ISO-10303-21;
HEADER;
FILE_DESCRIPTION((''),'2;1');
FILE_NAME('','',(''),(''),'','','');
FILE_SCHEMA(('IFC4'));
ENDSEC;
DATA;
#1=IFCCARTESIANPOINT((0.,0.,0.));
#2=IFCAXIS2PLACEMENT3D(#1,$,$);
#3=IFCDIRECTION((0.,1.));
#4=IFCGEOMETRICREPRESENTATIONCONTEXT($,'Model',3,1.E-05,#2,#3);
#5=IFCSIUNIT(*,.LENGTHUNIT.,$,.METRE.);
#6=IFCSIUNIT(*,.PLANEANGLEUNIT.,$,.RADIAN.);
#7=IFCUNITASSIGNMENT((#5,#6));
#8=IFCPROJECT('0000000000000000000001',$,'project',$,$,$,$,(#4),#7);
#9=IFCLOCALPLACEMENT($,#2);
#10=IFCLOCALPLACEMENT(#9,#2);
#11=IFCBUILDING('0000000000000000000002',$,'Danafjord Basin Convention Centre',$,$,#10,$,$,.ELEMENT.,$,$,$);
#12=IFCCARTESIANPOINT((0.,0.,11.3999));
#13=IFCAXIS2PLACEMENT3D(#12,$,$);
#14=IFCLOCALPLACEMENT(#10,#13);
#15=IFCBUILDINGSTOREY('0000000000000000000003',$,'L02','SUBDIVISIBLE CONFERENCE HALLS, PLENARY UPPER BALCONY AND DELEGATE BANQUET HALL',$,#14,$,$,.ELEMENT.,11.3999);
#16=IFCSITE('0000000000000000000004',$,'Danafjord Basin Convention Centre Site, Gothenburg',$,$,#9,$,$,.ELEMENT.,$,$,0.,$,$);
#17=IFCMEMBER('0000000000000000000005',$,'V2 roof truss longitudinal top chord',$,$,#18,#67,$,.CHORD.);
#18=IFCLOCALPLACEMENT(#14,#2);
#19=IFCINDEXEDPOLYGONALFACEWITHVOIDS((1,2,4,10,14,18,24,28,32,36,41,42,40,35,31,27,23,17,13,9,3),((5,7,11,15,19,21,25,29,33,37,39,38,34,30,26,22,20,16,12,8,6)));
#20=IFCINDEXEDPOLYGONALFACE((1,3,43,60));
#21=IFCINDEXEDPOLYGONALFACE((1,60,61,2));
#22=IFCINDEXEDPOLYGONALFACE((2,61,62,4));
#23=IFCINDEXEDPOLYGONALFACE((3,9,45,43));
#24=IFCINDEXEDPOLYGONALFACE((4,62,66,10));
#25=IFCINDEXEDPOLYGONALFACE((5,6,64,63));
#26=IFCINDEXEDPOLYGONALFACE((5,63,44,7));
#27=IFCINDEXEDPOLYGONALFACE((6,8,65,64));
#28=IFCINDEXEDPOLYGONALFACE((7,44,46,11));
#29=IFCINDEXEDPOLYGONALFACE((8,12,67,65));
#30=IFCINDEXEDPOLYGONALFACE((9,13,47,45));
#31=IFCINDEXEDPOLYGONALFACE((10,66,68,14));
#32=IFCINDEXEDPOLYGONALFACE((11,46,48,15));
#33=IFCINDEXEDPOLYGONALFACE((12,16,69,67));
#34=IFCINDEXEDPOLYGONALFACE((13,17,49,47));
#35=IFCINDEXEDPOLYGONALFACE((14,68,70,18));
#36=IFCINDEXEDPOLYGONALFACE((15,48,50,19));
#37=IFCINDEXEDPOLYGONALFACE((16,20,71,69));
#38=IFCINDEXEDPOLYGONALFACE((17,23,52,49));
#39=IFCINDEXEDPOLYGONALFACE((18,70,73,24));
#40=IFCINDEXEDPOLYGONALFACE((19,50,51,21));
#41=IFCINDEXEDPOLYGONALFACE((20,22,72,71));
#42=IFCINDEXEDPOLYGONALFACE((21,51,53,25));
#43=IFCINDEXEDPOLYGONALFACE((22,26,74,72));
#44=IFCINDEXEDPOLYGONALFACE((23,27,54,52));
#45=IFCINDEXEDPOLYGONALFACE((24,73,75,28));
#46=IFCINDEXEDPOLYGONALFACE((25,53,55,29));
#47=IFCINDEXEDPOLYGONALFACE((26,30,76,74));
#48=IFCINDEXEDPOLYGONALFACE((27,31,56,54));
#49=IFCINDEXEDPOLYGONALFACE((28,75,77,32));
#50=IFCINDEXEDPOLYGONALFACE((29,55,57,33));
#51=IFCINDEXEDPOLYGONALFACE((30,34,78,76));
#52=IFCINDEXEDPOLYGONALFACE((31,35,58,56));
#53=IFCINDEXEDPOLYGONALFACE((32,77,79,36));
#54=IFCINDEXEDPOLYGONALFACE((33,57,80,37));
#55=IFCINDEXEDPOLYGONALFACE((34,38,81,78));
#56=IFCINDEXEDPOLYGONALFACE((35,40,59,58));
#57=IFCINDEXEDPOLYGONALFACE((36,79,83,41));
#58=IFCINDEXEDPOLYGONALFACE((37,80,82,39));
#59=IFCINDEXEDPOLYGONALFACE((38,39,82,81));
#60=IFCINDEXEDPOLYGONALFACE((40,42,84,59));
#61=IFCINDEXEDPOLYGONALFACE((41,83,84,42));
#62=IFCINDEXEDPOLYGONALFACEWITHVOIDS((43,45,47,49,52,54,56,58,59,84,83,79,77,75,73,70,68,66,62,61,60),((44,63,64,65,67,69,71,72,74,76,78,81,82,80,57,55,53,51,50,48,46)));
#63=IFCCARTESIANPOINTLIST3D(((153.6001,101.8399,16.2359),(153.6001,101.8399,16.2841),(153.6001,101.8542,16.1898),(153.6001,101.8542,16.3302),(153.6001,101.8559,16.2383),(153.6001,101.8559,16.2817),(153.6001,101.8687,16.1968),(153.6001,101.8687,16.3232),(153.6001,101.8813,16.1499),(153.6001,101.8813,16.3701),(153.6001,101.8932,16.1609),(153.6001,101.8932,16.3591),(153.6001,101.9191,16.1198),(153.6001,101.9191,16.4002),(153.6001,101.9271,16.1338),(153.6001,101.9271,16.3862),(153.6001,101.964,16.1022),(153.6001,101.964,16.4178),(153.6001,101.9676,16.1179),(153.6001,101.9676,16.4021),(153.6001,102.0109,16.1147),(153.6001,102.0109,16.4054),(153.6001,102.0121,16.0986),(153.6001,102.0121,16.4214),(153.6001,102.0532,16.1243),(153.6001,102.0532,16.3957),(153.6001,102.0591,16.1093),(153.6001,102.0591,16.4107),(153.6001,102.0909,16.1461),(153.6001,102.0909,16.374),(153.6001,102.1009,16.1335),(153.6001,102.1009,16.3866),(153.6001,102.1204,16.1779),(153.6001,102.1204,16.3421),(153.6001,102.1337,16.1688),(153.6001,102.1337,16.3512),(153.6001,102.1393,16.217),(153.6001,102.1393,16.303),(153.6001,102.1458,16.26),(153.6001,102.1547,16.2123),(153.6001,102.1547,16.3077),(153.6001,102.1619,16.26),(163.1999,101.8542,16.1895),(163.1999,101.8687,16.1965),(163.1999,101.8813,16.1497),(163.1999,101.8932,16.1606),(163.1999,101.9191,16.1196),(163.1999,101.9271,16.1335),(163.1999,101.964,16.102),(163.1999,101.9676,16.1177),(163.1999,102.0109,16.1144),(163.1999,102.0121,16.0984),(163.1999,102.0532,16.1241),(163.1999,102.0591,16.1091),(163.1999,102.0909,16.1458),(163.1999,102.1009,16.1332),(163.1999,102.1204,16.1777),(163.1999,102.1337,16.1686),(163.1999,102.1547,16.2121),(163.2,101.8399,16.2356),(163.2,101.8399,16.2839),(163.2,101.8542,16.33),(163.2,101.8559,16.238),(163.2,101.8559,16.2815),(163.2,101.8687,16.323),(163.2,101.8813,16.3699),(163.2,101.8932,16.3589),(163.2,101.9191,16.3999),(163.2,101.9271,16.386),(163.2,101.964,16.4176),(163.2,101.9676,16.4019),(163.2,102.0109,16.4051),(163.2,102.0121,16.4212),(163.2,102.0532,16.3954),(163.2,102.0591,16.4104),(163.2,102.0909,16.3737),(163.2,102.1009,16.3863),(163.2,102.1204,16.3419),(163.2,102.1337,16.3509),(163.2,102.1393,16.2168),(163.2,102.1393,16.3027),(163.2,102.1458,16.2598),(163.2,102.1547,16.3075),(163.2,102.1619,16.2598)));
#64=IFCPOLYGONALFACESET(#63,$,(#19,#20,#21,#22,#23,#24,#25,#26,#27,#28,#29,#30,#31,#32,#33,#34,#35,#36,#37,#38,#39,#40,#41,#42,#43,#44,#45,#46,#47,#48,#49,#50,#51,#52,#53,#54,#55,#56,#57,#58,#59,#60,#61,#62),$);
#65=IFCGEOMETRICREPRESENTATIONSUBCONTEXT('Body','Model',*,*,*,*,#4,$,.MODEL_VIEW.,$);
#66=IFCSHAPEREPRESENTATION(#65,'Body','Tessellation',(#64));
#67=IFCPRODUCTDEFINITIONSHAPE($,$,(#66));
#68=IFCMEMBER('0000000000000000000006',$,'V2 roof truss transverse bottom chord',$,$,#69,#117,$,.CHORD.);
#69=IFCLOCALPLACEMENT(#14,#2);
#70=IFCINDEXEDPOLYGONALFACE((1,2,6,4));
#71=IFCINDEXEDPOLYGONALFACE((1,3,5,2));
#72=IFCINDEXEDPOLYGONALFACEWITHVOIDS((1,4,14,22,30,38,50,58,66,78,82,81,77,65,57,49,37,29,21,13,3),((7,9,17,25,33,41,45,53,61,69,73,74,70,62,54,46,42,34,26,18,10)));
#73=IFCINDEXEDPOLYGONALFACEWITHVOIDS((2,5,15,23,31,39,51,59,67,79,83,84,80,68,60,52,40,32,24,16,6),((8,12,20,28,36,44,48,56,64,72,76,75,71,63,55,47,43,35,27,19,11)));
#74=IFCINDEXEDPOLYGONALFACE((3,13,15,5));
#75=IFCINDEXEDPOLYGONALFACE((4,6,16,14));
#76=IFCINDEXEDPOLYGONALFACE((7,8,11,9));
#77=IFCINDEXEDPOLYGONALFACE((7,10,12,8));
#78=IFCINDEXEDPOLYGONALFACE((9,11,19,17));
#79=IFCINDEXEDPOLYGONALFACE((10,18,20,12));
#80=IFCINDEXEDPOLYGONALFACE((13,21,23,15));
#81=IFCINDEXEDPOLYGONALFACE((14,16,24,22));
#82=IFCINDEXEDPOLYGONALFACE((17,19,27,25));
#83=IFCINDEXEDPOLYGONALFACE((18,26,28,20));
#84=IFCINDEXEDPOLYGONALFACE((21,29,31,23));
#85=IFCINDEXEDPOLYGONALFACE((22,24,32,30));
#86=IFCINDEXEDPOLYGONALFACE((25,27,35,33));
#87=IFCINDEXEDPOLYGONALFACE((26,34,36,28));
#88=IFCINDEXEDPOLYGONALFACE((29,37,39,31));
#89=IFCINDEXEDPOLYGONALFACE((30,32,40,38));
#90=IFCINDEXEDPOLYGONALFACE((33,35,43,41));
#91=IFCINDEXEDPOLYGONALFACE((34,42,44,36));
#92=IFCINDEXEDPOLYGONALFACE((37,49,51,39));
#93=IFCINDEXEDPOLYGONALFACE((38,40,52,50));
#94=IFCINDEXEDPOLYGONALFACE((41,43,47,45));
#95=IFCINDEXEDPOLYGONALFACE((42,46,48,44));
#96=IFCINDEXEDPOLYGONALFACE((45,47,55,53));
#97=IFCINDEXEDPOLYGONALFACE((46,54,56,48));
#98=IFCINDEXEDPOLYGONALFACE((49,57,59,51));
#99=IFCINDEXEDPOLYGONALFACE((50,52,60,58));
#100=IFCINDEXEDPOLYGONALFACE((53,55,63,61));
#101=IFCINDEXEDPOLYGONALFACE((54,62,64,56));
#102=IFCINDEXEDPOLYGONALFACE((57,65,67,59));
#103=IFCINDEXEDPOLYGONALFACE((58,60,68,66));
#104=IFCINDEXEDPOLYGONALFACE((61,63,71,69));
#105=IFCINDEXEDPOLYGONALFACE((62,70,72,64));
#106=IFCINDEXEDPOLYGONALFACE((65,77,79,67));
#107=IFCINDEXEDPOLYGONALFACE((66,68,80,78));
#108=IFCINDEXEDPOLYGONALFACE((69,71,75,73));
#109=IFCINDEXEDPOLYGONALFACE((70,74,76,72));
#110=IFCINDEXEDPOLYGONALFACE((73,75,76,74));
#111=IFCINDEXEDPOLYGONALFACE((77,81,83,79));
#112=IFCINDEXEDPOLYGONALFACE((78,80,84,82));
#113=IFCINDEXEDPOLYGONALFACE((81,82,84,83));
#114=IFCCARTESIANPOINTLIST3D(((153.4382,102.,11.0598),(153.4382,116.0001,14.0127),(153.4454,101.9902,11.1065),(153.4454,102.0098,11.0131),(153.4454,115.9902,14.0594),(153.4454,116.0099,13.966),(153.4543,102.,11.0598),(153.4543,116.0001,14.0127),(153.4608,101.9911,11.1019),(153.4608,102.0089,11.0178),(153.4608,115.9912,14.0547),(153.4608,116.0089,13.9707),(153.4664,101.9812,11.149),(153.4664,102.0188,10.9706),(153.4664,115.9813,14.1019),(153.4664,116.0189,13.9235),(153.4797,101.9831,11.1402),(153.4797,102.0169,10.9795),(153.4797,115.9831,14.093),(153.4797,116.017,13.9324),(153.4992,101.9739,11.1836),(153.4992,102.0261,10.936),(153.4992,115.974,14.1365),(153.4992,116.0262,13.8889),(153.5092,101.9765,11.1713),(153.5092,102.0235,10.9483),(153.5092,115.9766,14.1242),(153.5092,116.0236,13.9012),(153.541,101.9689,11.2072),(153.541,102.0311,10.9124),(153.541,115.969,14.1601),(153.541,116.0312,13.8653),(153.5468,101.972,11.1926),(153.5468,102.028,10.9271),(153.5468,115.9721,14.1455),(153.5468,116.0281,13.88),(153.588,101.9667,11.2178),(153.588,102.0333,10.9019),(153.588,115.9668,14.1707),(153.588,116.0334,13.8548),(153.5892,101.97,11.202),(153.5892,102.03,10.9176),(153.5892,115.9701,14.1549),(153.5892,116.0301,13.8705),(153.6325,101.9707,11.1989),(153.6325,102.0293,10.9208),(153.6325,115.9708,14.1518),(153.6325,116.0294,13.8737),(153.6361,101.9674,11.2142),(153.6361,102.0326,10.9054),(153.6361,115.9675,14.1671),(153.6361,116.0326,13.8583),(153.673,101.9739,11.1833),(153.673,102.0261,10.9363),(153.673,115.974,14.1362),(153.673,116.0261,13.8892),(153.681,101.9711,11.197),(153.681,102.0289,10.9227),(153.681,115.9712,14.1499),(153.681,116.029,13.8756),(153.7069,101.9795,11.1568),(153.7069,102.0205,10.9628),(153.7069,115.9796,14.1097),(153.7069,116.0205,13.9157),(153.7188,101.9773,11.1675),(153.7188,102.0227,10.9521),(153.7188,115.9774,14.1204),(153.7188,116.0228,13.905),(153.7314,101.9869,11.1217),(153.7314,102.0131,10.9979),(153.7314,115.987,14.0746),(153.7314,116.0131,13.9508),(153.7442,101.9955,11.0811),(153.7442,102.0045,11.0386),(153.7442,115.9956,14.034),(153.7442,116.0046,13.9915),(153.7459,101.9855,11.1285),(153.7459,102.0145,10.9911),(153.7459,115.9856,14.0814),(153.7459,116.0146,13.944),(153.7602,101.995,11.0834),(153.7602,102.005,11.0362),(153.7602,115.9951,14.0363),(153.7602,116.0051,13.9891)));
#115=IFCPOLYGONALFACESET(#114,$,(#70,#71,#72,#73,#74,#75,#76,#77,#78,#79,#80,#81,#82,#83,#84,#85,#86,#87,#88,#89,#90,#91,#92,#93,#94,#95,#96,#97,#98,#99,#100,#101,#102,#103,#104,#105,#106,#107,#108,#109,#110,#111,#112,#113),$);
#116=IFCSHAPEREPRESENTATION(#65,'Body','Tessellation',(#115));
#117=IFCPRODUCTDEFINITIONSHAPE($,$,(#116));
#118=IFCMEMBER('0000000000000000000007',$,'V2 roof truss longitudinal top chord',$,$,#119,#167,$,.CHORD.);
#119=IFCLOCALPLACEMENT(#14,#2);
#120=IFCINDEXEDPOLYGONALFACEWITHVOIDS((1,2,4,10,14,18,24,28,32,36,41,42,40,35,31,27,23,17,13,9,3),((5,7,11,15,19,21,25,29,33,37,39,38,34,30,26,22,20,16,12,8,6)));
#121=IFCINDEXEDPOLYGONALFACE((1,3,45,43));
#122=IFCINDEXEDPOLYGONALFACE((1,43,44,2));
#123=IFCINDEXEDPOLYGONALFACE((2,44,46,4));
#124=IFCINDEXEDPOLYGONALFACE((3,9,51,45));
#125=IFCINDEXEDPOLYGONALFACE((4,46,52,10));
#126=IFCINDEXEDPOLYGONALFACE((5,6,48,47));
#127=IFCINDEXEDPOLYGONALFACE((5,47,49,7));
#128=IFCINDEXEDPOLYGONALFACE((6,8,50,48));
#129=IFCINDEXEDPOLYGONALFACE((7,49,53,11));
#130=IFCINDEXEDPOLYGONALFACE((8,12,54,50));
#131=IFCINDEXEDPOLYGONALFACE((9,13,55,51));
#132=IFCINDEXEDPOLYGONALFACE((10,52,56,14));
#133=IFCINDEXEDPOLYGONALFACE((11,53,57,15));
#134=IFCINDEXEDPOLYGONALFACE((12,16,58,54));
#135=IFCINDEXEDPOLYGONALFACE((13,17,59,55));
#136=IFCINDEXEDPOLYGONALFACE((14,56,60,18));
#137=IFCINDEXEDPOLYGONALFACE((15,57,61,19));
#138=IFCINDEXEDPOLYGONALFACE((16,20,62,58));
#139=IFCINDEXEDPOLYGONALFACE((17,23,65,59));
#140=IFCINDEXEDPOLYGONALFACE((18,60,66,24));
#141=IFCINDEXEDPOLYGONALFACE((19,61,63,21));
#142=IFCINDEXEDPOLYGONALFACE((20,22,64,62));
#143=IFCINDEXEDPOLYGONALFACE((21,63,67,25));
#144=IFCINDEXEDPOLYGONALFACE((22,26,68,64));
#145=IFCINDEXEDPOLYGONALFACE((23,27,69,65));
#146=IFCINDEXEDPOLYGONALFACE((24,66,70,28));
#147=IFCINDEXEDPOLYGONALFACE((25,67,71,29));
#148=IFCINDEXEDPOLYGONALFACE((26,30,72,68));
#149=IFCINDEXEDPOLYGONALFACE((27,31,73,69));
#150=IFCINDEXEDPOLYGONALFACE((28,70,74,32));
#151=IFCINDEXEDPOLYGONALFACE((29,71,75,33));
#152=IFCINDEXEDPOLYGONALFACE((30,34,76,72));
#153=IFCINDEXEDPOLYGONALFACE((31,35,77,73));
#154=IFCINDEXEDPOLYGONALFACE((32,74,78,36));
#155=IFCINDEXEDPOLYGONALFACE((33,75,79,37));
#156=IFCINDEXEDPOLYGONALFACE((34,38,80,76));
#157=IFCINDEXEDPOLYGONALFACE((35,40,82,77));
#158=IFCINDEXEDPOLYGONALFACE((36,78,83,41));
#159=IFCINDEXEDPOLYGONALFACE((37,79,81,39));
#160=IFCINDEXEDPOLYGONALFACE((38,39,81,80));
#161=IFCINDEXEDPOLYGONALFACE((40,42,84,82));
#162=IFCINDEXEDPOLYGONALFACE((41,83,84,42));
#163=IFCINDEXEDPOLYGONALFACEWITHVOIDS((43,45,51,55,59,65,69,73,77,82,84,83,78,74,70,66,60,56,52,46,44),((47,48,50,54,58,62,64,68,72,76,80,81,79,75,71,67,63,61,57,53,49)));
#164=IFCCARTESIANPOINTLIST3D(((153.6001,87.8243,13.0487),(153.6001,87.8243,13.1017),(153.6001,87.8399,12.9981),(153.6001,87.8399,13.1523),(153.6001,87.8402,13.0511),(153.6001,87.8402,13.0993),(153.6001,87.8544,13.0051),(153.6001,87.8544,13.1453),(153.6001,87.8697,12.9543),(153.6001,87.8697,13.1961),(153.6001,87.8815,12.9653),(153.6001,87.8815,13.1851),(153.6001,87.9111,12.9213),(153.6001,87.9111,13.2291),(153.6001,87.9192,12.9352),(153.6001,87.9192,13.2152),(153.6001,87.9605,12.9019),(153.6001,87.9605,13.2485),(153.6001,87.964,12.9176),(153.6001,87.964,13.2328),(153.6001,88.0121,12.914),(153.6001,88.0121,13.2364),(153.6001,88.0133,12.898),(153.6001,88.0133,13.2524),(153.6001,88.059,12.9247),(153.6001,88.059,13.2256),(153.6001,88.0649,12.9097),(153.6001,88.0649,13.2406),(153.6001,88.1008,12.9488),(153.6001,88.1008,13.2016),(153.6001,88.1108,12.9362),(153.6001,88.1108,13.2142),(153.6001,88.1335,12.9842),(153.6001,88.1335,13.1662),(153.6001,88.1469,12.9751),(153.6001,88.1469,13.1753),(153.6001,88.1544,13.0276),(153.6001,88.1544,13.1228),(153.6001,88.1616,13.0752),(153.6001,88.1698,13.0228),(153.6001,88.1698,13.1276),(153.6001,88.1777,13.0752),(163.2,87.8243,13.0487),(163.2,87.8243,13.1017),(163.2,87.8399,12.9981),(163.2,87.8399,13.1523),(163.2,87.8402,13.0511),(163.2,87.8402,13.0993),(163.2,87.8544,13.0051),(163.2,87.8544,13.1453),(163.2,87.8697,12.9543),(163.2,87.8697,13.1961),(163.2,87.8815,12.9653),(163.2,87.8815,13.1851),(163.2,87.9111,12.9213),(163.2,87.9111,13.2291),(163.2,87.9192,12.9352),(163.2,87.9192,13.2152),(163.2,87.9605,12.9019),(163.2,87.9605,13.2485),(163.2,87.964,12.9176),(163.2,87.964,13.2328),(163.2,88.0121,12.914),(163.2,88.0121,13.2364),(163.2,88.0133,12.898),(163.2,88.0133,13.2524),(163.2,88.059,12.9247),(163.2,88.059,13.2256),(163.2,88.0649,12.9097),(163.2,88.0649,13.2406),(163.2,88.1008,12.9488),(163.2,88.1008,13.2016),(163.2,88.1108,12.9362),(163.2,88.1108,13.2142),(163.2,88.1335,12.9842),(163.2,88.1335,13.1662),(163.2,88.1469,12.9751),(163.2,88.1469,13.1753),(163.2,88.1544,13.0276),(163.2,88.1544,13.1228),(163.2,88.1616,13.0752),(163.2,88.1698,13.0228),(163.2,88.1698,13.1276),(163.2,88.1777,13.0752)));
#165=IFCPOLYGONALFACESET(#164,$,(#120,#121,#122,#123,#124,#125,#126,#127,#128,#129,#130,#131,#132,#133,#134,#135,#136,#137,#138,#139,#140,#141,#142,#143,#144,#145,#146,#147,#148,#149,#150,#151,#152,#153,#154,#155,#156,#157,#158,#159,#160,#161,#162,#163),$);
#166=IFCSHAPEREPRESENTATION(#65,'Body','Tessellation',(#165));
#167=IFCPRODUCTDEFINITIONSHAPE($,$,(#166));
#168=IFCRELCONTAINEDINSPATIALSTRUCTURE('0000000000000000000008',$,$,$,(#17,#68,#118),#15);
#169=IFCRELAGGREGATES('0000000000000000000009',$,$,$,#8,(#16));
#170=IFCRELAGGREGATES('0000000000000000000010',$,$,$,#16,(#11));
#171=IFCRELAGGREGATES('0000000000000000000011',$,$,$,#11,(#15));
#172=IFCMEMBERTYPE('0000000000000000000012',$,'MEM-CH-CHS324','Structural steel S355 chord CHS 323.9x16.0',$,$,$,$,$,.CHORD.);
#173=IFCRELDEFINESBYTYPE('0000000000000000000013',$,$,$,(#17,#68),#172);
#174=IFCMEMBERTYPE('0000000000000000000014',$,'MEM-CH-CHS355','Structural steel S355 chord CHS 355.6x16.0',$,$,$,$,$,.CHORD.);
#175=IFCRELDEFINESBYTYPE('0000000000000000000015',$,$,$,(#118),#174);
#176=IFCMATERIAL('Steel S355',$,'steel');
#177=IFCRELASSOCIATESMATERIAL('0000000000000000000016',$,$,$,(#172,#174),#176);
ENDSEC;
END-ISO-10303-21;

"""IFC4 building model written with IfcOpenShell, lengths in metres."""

from ifc_helpers import new_model, si_unit, direction, frame, origin, origin_2d, place, context, subcontext, project, spatial, hollow_circle, extrude, material, material_profile, profile_set, type_object, element, save


model = new_model("IFC4")

# Units and contexts
model_context = context("Model", 3, precision=1e-05, world=origin(), true_north=direction((0.0, 1.0)))
body_context = subcontext(model_context, "Body", "Model", "MODEL_VIEW")
ifc_project = project(units=[si_unit("LENGTHUNIT", "METRE"), si_unit("PLANEANGLEUNIT", "RADIAN")], contexts=[model_context])

# Site, building, storey
site_placement = place(None, origin())
site = spatial("IfcSite", under=ifc_project, at=site_placement, Name="Danafjord Basin Convention Centre Site, Gothenburg", CompositionType="ELEMENT", RefElevation=0.0)
building_placement = place(site_placement, origin())
building = spatial("IfcBuilding", under=site, at=building_placement, Name="Danafjord Basin Convention Centre", CompositionType="ELEMENT")
storey_placement = place(building_placement, frame((0.0, 0.0, 11.3999)))
storey = spatial("IfcBuildingStorey", under=building, at=storey_placement, Name="L02", Description="SUBDIVISIBLE CONFERENCE HALLS, PLENARY UPPER BALCONY AND DELEGATE BANQUET HALL", CompositionType="ELEMENT", Elevation=11.3999)

# Shared definitions
ifc_material = material(Name="Steel S355", Category="steel")

# Members
ifc_material_profile_1 = material_profile(ifc_material, hollow_circle(Radius=0.1619, WallThickness=0.0161, at=origin_2d()), Name="CHS 323.9x16.0")
ifc_profile_set_1 = profile_set([ifc_material_profile_1], Name="Steel S355")
member_type_1 = type_object("IfcMemberType", Name="MEM-CH-CHS324", Description="Structural steel S355 chord CHS 323.9x16.0", PredefinedType="CHORD", material=ifc_profile_set_1)
member_1_placement = place(storey_placement, frame((153.6001, 102.0, 16.26), z_axis=(1.0, 0.0, -0.000025), x_axis=(0.0, 1.0, 0.0)))
element("IfcMember", 1, at=member_1_placement, inside=storey, type_object=member_type_1, Name="V2 roof truss longitudinal top chord", PredefinedType="CHORD", context=body_context, shape_type="SweptSolid", body=[
    extrude(hollow_circle(Radius=0.1619, WallThickness=0.0161, at=origin_2d()), origin(), (0.0, 0.0, 1.0), 9.5999),
])
member_2_placement = place(storey_placement, frame((153.6001, 102.0, 11.0598), z_axis=(0.0, 0.978472, 0.206379), x_axis=(-1.0, 0.0, 0.0)))
element("IfcMember", 2, at=member_2_placement, inside=storey, type_object=member_type_1, Name="V2 roof truss transverse bottom chord", PredefinedType="CHORD", context=body_context, shape_type="SweptSolid", body=[
    extrude(hollow_circle(Radius=0.1619, WallThickness=0.0161, at=origin_2d()), origin(), (0.0, 0.0, 1.0), 14.3081),
])
ifc_material_profile_2 = material_profile(ifc_material, hollow_circle(Radius=0.1777, WallThickness=0.0161, at=origin_2d()), Name="CHS 355.6x16.0")
ifc_profile_set_2 = profile_set([ifc_material_profile_2], Name="Steel S355")
member_type_2 = type_object("IfcMemberType", Name="MEM-CH-CHS355", Description="Structural steel S355 chord CHS 355.6x16.0", PredefinedType="CHORD", material=ifc_profile_set_2)
member_3_placement = place(storey_placement, frame((153.6001, 88.0, 13.0752), z_axis=(1.0, 0.0, 0.0), x_axis=(0.0, 1.0, 0.0)))
element("IfcMember", 3, at=member_3_placement, inside=storey, type_object=member_type_2, Name="V2 roof truss longitudinal top chord", PredefinedType="CHORD", context=body_context, shape_type="SweptSolid", body=[
    extrude(hollow_circle(Radius=0.1777, WallThickness=0.0161, at=origin_2d()), origin(), (0.0, 0.0, 1.0), 9.5999),
])

save(model, "model.ifc")
